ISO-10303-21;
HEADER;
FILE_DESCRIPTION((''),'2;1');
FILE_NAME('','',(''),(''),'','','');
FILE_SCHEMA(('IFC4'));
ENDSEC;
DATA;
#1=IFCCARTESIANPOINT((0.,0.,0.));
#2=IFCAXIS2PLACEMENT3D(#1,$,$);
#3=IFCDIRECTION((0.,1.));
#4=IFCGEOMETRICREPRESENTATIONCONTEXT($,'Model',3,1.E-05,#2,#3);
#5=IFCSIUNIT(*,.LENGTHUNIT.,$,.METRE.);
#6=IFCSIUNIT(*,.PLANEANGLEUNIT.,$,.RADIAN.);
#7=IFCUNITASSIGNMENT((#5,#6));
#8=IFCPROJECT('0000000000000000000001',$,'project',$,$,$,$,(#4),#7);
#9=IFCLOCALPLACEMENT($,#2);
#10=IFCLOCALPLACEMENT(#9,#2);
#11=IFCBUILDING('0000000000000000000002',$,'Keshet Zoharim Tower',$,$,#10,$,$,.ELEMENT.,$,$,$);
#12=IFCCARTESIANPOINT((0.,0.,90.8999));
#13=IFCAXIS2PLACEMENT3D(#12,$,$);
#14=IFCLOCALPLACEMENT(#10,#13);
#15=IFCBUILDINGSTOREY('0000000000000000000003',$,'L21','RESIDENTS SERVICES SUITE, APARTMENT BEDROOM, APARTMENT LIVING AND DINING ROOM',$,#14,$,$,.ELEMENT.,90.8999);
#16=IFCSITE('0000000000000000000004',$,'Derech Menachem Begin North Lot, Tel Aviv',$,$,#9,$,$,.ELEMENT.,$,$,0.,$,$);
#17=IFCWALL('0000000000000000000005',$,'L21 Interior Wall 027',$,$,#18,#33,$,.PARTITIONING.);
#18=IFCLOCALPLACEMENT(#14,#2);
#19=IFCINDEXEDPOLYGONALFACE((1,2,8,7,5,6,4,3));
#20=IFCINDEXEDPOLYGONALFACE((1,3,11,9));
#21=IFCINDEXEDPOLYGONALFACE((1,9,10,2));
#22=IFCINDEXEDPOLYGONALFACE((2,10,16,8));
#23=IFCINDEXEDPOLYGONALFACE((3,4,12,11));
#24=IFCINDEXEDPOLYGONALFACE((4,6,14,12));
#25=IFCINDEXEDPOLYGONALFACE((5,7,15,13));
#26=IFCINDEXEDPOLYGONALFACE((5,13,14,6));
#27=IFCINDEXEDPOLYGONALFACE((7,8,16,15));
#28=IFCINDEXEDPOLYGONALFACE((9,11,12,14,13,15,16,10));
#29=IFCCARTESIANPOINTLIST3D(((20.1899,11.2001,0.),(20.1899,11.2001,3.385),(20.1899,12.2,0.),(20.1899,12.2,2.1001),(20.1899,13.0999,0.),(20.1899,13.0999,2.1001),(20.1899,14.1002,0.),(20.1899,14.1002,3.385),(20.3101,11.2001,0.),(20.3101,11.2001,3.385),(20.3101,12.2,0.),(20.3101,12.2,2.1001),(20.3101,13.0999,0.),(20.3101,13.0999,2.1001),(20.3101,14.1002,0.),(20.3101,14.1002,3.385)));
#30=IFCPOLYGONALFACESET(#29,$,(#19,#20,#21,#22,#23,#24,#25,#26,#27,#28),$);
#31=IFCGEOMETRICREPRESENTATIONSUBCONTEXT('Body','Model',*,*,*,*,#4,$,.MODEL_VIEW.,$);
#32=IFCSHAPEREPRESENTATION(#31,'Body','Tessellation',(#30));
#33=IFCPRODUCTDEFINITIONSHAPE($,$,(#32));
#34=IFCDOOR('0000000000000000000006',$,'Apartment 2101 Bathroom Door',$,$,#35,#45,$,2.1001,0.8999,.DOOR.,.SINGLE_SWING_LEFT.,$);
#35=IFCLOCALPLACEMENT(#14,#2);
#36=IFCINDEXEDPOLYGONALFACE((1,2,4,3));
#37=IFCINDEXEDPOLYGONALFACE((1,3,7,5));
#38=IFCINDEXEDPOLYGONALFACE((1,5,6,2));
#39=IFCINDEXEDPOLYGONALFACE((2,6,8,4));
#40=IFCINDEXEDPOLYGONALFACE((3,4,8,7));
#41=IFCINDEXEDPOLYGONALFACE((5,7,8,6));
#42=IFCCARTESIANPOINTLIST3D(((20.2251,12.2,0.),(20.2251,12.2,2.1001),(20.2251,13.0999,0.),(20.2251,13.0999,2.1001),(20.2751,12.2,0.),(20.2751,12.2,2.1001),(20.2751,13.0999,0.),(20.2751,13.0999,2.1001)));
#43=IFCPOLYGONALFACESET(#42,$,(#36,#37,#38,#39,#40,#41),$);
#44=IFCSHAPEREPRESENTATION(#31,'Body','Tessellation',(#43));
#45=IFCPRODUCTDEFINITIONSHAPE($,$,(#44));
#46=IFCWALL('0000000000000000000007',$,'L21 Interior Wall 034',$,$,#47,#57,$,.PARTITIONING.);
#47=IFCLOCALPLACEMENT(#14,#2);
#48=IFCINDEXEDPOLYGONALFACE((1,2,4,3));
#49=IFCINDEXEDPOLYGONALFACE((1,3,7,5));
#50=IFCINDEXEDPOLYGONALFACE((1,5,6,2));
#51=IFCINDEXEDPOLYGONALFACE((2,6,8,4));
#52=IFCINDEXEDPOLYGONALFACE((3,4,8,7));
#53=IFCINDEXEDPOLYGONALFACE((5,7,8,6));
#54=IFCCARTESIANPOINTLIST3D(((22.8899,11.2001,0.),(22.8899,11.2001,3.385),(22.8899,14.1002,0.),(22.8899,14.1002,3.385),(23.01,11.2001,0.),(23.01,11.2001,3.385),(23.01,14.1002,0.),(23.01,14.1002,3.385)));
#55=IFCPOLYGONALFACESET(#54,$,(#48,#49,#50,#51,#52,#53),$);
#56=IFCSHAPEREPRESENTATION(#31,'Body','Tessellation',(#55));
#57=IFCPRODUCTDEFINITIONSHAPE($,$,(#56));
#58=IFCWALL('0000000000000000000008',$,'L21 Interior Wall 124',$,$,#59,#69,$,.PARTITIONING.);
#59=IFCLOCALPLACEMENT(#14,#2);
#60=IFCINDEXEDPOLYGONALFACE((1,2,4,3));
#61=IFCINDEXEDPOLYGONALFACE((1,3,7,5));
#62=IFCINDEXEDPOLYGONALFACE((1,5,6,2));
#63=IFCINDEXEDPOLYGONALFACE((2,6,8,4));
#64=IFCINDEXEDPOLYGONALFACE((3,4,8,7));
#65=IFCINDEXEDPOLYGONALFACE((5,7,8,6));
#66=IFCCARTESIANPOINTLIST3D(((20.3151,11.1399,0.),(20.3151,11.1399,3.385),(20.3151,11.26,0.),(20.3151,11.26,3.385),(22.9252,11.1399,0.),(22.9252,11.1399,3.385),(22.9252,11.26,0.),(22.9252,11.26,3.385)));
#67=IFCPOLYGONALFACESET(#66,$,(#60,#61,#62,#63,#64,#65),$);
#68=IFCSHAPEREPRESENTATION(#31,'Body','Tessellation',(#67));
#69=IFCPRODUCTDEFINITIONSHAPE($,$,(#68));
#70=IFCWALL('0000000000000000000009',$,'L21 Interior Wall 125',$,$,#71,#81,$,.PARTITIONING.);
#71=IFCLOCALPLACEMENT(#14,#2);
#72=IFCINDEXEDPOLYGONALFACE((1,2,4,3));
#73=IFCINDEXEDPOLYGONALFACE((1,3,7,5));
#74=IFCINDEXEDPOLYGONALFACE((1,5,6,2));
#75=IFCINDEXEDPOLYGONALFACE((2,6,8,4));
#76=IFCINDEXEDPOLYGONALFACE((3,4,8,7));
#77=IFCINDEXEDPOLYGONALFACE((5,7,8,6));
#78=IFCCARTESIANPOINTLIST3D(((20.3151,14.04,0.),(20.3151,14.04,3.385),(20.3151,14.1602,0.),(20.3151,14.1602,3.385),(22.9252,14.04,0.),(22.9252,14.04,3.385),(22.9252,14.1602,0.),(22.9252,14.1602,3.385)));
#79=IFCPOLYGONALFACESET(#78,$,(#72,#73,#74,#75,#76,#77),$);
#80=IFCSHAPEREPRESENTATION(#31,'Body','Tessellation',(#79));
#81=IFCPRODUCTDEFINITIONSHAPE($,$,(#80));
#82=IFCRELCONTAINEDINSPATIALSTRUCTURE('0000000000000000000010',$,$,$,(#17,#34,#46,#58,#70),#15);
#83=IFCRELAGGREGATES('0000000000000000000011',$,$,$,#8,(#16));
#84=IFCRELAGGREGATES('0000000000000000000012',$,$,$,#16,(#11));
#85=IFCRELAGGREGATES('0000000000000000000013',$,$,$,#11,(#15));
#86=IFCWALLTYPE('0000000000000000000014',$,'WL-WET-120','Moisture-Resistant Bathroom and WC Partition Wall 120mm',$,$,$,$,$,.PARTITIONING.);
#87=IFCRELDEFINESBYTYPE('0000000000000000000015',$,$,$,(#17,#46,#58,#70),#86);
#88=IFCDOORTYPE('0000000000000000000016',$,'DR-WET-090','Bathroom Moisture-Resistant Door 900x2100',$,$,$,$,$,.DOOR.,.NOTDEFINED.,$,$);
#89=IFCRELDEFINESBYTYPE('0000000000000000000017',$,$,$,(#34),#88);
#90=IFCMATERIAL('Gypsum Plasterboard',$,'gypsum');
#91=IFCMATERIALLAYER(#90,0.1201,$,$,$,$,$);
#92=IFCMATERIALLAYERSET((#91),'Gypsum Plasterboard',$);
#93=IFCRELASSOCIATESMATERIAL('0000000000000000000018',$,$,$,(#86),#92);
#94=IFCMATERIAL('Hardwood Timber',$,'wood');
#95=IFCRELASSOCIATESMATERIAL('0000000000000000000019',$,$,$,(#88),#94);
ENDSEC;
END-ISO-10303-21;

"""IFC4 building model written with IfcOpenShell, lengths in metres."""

from ifc_helpers import new_model, si_unit, direction, frame, frame_2d, origin, place, context, subcontext, project, spatial, rectangle, extrude, material, layer, layer_set, type_object, element, fill, save


model = new_model("IFC4")

# Units and contexts
model_context = context("Model", 3, precision=1e-05, world=origin(), true_north=direction((0.0, 1.0)))
body_context = subcontext(model_context, "Body", "Model", "MODEL_VIEW")
ifc_project = project(units=[si_unit("LENGTHUNIT", "METRE"), si_unit("PLANEANGLEUNIT", "RADIAN")], contexts=[model_context])

# Site, building, storey
site_placement = place(None, origin())
site = spatial("IfcSite", under=ifc_project, at=site_placement, Name="Derech Menachem Begin North Lot, Tel Aviv", CompositionType="ELEMENT", RefElevation=0.0)
building_placement = place(site_placement, origin())
building = spatial("IfcBuilding", under=site, at=building_placement, Name="Keshet Zoharim Tower", CompositionType="ELEMENT")
storey_placement = place(building_placement, frame((0.0, 0.0, 90.8999)))
storey = spatial("IfcBuildingStorey", under=building, at=storey_placement, Name="L21", Description="RESIDENTS SERVICES SUITE, APARTMENT BEDROOM, APARTMENT LIVING AND DINING ROOM", CompositionType="ELEMENT", Elevation=90.8999)

# Shared definitions
ifc_material_1 = material(Name="Gypsum Plasterboard", Category="gypsum")
ifc_material_2 = material(Name="Hardwood Timber", Category="wood")

# Wall, opening, door
ifc_layer_1 = layer(ifc_material_1, 0.1201)
ifc_layer_set_1 = layer_set([ifc_layer_1], Name="Gypsum Plasterboard")
wall_type_1 = type_object("IfcWallType", Name="WL-WET-120", Description="Moisture-Resistant Bathroom and WC Partition Wall 120mm", PredefinedType="PARTITIONING", material=ifc_layer_set_1)
wall_1_placement = place(storey_placement, frame((20.25, 11.2, 0.0), z_axis=(0.0, 0.0, 1.0), x_axis=(0.0, 1.0, 0.0)))
wall_1 = element("IfcWall", 1, at=wall_1_placement, inside=storey, type_object=wall_type_1, Name="L21 Interior Wall 027", PredefinedType="PARTITIONING", context=body_context, shape_type="SweptSolid", body=[
    extrude(rectangle(XDim=2.9001, YDim=0.1201, at=frame_2d((1.4502, 0.0))), origin(), (0.0, 0.0, 1.0), 3.385),
])
opening_1_placement = place(wall_1_placement, frame((1.0, 0.0, 0.0)))
opening_1 = element("IfcOpeningElement", 2, at=opening_1_placement, cuts=wall_1, PredefinedType="OPENING", context=body_context, shape_type="SweptSolid", body=[
    extrude(rectangle(XDim=0.8999, YDim=2.1001, at=frame_2d((0.45, 1.05))), frame((0.0, 0.0701, 0.0), z_axis=(0.0, -1.0, 0.0), x_axis=(1.0, 0.0, 0.0)), (0.0, 0.0, 1.0), 0.1401),
])
door_type_1 = type_object("IfcDoorType", Name="DR-WET-090", Description="Bathroom Moisture-Resistant Door 900x2100", OperationType="NOTDEFINED", PredefinedType="DOOR", material=ifc_material_2)
door_1_placement = place(opening_1_placement, origin())
door_1 = element("IfcDoor", 3, at=door_1_placement, inside=storey, type_object=door_type_1, Name="Apartment 2101 Bathroom Door", OperationType="SINGLE_SWING_LEFT", OverallHeight=2.1001, OverallWidth=0.8999, PredefinedType="DOOR", context=body_context, shape_type="SweptSolid", body=[
    extrude(rectangle(XDim=0.8999, YDim=2.1001, at=frame_2d((0.45, 1.05))), frame((0.0, 0.0249, 0.0), z_axis=(0.0, -1.0, 0.0), x_axis=(1.0, 0.0, 0.0)), (0.0, 0.0, 1.0), 0.05),
])
fill(opening_1, door_1)

# Walls
wall_2_placement = place(storey_placement, frame((22.95, 11.2, 0.0), z_axis=(0.0, 0.0, 1.0), x_axis=(0.0, 1.0, 0.0)))
element("IfcWall", 4, at=wall_2_placement, inside=storey, type_object=wall_type_1, Name="L21 Interior Wall 034", PredefinedType="PARTITIONING", context=body_context, shape_type="SweptSolid", body=[
    extrude(rectangle(XDim=2.9001, YDim=0.1201, at=frame_2d((1.4502, 0.0))), origin(), (0.0, 0.0, 1.0), 3.385),
])
for number, where, z_axis, x_axis, name in (
    (5, (20.3149, 11.2, 0.0), (0.0, 0.0, 1.0), (1.0, 0.0, 0.0), "L21 Interior Wall 124"),
    (6, (20.3149, 14.1001, 0.0), (0.0, 0.0, 1.0), (1.0, 0.0, 0.0), "L21 Interior Wall 125"),
):
    element("IfcWall", number, at=place(storey_placement, frame(where, z_axis=z_axis, x_axis=x_axis)), inside=storey, type_object=wall_type_1, Name=name, PredefinedType="PARTITIONING", context=body_context, shape_type="SweptSolid", body=[
        extrude(rectangle(XDim=2.6101, YDim=0.1201, at=frame_2d((1.3052, 0.0))), origin(), (0.0, 0.0, 1.0), 3.385),
    ])

save(model, "model.ifc")
